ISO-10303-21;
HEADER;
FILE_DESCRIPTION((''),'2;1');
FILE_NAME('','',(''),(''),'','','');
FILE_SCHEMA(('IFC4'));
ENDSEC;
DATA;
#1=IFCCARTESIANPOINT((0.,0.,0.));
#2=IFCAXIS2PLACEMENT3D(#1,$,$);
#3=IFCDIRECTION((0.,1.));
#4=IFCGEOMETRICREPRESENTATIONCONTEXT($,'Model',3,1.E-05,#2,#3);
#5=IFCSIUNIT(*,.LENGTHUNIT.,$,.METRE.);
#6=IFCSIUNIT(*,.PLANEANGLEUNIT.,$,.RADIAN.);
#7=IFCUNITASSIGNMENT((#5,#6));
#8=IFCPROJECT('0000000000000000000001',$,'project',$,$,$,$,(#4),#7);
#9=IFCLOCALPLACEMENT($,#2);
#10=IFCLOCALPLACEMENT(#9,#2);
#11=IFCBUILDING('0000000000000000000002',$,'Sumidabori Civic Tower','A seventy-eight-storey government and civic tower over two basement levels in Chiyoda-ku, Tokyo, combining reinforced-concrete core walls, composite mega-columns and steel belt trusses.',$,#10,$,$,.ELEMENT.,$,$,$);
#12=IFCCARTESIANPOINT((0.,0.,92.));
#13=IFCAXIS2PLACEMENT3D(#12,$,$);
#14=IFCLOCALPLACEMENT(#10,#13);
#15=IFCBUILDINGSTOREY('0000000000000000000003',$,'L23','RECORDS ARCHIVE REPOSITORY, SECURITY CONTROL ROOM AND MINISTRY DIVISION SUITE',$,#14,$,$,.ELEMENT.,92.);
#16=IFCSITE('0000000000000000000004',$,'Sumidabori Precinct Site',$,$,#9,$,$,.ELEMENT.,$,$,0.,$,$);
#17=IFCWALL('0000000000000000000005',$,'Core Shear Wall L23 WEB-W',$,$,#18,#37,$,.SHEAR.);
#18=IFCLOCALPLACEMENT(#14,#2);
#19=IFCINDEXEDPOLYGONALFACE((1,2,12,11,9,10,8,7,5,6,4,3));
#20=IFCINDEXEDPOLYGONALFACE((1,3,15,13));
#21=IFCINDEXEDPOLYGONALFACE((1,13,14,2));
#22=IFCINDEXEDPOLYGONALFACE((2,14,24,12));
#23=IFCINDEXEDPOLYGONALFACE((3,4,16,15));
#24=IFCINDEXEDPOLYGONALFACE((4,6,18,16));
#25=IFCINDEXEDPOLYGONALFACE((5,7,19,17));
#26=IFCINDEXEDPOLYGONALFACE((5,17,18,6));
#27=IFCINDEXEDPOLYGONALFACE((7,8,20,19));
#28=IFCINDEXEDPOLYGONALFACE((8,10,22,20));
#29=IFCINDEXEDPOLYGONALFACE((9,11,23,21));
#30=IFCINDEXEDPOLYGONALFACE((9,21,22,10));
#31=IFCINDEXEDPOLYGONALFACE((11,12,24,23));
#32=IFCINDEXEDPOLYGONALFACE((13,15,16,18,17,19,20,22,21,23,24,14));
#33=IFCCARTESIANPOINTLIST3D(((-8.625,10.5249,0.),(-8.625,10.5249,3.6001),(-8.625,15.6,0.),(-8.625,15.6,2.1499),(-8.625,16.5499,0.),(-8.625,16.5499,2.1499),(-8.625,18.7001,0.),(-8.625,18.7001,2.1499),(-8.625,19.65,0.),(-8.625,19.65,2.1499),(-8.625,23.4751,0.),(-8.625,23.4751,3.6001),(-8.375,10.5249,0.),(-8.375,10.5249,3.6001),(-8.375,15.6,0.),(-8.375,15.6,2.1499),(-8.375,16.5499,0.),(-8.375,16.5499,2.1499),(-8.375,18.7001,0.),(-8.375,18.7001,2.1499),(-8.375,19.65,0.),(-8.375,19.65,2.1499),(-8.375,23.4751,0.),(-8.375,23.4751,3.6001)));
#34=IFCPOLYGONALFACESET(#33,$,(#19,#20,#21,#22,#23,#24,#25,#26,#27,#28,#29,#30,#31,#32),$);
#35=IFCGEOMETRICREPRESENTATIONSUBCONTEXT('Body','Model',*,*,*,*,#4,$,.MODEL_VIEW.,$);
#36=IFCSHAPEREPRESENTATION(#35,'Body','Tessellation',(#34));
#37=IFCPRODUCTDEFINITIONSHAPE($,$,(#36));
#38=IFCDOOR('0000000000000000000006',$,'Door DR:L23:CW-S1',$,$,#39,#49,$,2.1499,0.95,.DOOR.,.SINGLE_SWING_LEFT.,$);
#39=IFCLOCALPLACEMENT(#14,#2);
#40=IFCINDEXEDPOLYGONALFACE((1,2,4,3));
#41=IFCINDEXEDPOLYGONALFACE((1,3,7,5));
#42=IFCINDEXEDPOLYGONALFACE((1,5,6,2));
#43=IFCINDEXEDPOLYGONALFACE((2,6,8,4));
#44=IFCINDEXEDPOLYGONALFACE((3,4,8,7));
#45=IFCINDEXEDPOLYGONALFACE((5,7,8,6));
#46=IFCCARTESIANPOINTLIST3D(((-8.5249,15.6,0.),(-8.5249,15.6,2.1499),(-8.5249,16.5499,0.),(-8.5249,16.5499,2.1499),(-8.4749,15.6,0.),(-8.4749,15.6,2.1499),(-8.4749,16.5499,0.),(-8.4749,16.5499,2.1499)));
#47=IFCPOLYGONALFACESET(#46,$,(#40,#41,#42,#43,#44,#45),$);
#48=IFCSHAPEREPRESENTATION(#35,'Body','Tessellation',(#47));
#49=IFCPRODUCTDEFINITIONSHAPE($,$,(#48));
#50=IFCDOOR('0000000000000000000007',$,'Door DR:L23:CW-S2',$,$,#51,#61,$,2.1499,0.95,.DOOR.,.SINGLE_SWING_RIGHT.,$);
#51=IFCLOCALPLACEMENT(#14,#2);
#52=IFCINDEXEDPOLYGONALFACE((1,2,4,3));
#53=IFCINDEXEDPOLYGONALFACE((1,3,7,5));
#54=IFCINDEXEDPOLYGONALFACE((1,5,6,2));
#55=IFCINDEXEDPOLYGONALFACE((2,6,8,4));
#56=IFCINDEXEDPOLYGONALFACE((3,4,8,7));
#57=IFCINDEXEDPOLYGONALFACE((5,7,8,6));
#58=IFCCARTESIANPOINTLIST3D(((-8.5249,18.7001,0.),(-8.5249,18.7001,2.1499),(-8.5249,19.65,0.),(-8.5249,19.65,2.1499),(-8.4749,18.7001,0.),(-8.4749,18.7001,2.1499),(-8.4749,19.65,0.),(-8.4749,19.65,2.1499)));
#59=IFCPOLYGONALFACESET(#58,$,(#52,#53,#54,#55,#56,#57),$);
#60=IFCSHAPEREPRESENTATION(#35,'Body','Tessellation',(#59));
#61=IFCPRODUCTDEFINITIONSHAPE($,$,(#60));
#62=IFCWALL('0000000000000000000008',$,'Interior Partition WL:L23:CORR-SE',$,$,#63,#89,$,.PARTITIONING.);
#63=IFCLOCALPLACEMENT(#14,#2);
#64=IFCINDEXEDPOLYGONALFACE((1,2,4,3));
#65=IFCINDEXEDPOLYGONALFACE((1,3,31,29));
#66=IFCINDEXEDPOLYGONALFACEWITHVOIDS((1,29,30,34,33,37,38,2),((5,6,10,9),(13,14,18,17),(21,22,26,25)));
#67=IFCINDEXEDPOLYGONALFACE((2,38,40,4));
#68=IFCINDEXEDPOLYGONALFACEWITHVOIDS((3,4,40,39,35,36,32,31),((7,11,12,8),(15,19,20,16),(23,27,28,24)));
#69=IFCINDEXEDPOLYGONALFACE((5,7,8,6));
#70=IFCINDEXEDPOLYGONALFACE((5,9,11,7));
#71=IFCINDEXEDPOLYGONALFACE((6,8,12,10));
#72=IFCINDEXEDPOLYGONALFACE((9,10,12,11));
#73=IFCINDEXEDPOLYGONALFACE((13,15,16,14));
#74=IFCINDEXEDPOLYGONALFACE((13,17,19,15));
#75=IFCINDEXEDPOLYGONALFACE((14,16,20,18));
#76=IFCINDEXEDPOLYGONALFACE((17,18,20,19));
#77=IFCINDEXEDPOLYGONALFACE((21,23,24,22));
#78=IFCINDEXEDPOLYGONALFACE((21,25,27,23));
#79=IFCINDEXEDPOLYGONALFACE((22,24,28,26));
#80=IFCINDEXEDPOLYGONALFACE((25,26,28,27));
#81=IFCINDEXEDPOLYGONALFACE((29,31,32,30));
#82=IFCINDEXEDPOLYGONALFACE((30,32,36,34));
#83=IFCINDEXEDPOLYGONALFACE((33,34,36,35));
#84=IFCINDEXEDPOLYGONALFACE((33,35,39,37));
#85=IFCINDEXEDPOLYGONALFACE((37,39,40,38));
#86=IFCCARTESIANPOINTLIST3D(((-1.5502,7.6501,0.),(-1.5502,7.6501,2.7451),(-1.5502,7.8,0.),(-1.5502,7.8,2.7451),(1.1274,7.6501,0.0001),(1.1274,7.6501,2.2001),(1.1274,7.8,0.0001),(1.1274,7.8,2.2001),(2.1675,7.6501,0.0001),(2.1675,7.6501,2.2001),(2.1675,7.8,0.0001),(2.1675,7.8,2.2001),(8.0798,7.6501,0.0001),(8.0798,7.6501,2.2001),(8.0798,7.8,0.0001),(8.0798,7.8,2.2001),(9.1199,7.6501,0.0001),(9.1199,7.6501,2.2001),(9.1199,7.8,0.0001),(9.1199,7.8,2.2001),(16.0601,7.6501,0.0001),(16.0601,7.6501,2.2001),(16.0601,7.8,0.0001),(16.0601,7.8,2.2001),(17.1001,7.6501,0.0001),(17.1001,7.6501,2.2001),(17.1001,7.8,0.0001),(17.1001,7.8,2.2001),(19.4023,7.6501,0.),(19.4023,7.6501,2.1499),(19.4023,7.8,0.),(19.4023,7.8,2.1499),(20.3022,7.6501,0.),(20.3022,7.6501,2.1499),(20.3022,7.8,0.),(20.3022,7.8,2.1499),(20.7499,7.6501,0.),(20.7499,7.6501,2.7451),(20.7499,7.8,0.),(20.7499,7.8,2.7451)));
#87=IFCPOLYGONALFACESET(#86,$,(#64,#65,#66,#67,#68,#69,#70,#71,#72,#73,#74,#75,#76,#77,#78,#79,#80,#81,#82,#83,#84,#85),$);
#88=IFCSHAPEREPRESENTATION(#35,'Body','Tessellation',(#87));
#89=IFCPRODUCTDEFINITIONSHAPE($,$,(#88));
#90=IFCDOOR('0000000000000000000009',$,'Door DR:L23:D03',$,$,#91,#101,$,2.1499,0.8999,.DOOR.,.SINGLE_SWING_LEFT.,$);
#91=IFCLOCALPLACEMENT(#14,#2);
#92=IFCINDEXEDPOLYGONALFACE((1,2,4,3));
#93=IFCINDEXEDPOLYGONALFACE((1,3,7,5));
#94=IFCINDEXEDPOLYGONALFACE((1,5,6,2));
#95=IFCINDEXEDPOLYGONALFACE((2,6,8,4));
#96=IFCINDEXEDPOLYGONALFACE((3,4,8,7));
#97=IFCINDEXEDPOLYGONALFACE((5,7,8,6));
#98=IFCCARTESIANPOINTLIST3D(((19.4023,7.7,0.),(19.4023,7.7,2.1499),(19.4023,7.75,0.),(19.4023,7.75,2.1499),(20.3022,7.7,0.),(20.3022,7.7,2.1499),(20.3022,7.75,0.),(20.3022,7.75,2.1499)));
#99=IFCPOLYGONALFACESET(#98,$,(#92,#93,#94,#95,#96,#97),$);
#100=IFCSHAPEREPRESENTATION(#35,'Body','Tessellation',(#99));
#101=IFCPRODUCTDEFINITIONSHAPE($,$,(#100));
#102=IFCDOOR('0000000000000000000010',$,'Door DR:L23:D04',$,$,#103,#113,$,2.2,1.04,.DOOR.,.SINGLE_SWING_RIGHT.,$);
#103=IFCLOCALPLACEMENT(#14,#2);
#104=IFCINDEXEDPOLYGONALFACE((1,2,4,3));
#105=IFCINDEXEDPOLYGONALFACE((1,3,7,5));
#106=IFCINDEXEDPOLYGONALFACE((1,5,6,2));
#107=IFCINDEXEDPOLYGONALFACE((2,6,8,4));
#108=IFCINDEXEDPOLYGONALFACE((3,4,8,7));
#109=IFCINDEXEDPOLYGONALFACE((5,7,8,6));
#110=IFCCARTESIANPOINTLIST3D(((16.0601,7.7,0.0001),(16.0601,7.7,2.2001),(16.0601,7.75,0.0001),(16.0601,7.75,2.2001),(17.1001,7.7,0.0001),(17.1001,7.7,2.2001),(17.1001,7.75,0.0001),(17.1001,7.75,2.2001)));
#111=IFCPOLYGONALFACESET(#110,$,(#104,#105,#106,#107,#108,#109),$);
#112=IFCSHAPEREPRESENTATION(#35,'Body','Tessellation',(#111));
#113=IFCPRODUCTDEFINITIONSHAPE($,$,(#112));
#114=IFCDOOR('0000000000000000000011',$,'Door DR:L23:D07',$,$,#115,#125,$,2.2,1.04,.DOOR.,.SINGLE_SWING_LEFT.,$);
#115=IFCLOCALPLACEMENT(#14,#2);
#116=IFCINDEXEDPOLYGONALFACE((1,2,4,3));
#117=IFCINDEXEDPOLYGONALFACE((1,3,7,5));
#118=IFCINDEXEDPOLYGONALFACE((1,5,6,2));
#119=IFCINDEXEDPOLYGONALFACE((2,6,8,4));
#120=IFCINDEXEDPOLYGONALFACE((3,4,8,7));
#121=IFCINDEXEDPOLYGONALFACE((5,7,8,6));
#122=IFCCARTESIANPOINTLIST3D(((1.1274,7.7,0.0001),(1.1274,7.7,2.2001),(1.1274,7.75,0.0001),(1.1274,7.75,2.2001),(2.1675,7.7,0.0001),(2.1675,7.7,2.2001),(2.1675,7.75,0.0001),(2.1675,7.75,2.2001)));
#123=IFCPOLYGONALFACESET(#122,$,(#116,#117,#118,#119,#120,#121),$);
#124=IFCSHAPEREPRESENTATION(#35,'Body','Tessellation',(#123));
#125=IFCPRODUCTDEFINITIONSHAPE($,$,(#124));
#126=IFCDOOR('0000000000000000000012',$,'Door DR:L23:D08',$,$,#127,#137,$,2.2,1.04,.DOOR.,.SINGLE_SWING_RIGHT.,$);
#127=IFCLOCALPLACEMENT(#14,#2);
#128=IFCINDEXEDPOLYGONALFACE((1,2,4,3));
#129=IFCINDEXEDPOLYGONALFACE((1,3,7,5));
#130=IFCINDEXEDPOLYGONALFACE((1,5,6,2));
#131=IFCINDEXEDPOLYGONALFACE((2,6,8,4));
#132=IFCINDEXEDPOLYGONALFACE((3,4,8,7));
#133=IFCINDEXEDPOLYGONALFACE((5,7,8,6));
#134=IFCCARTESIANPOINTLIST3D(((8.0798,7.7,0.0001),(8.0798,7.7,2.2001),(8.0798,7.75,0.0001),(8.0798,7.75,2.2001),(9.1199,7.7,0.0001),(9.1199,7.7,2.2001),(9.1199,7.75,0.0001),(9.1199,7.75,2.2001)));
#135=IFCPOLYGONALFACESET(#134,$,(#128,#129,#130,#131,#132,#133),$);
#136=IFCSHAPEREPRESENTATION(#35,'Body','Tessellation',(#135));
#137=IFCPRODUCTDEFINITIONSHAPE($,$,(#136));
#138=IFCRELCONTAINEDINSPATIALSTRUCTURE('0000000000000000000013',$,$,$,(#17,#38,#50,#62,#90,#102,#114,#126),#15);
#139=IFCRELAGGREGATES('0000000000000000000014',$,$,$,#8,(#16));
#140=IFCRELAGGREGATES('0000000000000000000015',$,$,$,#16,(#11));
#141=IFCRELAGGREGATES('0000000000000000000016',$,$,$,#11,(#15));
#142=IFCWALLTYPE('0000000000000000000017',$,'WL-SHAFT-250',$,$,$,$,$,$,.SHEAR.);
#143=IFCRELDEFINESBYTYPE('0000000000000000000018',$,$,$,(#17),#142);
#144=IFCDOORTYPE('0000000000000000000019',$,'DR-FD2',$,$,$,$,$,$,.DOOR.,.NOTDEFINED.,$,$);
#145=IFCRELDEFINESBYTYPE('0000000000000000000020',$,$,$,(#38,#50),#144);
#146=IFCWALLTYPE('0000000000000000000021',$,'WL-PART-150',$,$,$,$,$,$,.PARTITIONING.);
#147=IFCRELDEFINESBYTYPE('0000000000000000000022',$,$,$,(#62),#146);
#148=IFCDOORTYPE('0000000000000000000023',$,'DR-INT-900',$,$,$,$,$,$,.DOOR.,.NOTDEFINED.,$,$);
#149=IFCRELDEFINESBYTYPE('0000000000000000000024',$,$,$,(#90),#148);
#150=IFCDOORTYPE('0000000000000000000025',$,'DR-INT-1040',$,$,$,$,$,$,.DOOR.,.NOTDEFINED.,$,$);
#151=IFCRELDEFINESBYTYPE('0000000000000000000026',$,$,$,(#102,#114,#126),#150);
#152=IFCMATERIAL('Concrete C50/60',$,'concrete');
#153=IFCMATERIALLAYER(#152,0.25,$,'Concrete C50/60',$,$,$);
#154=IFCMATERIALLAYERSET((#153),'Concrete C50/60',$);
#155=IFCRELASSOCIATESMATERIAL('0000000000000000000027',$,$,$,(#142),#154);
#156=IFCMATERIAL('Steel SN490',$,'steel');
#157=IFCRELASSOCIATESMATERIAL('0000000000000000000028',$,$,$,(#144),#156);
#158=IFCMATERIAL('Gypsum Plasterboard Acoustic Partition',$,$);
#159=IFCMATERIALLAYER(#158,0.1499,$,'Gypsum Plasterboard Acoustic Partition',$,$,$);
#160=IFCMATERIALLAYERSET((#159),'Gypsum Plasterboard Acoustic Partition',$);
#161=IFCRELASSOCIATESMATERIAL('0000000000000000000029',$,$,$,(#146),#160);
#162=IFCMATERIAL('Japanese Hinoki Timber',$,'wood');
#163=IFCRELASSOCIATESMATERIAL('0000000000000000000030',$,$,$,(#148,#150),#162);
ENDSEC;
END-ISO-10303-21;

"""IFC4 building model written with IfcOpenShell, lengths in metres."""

from ifc_helpers import new_model, si_unit, direction, frame, frame_2d, origin, place, context, subcontext, project, spatial, rectangle, extrude, source, transform, mapped, material, layer, layer_set, type_object, element, fill, save


model = new_model("IFC4")

# Units and contexts
model_context = context("Model", 3, precision=1e-05, world=origin(), true_north=direction((0.0, 1.0)))
body_context = subcontext(model_context, "Body", "Model", "MODEL_VIEW")
ifc_project = project(units=[si_unit("LENGTHUNIT", "METRE"), si_unit("PLANEANGLEUNIT", "RADIAN")], contexts=[model_context])

# Site, building, storey
site_placement = place(None, origin())
site = spatial("IfcSite", under=ifc_project, at=site_placement, Name="Sumidabori Precinct Site", CompositionType="ELEMENT", RefElevation=0.0)
building_placement = place(site_placement, origin())
building = spatial("IfcBuilding", under=site, at=building_placement, Name="Sumidabori Civic Tower", Description="A seventy-eight-storey government and civic tower over two basement levels in Chiyoda-ku, Tokyo, combining reinforced-concrete core walls, composite mega-columns and steel belt trusses.", CompositionType="ELEMENT")
storey_placement = place(building_placement, frame((0.0, 0.0, 92.0)))
storey = spatial("IfcBuildingStorey", under=building, at=storey_placement, Name="L23", Description="RECORDS ARCHIVE REPOSITORY, SECURITY CONTROL ROOM AND MINISTRY DIVISION SUITE", CompositionType="ELEMENT", Elevation=92.0)

# Shared definitions
ifc_material_1 = material(Name="Concrete C50/60", Category="concrete")

# Shared definitions
ifc_material_2 = material(Name="Steel SN490", Category="steel")

# Wall, openings, doors
ifc_layer_1 = layer(ifc_material_1, 0.25, Name="Concrete C50/60")
ifc_layer_set_1 = layer_set([ifc_layer_1], Name="Concrete C50/60")
wall_type_1 = type_object("IfcWallType", Name="WL-SHAFT-250", PredefinedType="SHEAR", material=ifc_layer_set_1)
shared_shape_1 = source(origin(), body_context, "Body", "SweptSolid", [
    extrude(rectangle(XDim=12.9502, YDim=0.25, at=frame_2d((6.4751, 0.0))), origin(), (0.0, 0.0, 1.0), 3.6001),
])
wall_1_placement = place(storey_placement, frame((-8.5, 10.5249, 0.0), z_axis=(0.0, 0.0, 1.0), x_axis=(0.0, 1.0, 0.0)))
wall_1 = element("IfcWall", 1, at=wall_1_placement, inside=storey, type_object=wall_type_1, Name="Core Shear Wall L23 WEB-W", PredefinedType="SHEAR", context=body_context, shape_type="MappedRepresentation", body=[
    mapped(shared_shape_1, transform((0.0, 0.0, 0.0), x_axis=(1.0, 0.0, 0.0), y_axis=(0.0, 1.0, 0.0), z_axis=(0.0, 0.0, 1.0), scale=1.0)),
])
opening_1_placement = place(wall_1_placement, frame((5.075, 0.0, 0.0)))
opening_1 = element("IfcOpeningElement", 2, at=opening_1_placement, cuts=wall_1, PredefinedType="OPENING", context=body_context, shape_type="SweptSolid", body=[
    extrude(rectangle(XDim=0.95, YDim=2.1499, at=frame_2d((0.4751, 1.075))), frame((0.0, 0.137, 0.0), z_axis=(0.0, -1.0, 0.0), x_axis=(1.0, 0.0, 0.0)), (0.0, 0.0, 1.0), 0.2739),
])
opening_2_placement = place(wall_1_placement, frame((8.175, 0.0, 0.0)))
opening_2 = element("IfcOpeningElement", 3, at=opening_2_placement, cuts=wall_1, PredefinedType="OPENING", context=body_context, shape_type="SweptSolid", body=[
    extrude(rectangle(XDim=0.95, YDim=2.1499, at=frame_2d((0.4751, 1.075))), frame((0.0, 0.137, 0.0), z_axis=(0.0, -1.0, 0.0), x_axis=(1.0, 0.0, 0.0)), (0.0, 0.0, 1.0), 0.2739),
])
door_type_1 = type_object("IfcDoorType", Name="DR-FD2", OperationType="NOTDEFINED", PredefinedType="DOOR", material=ifc_material_2)
shared_shape_2 = source(origin(), body_context, "Body", "SweptSolid", [
    extrude(rectangle(XDim=0.95, YDim=2.1499, at=frame_2d((0.4751, 1.075))), frame((0.0, 0.0249, 0.0), z_axis=(0.0, -1.0, 0.0), x_axis=(1.0, 0.0, 0.0)), (0.0, 0.0, 1.0), 0.05),
])
door_1_placement = place(opening_1_placement, origin())
door_1 = element("IfcDoor", 4, at=door_1_placement, inside=storey, type_object=door_type_1, Name="Door DR:L23:CW-S1", OperationType="SINGLE_SWING_LEFT", OverallHeight=2.1499, OverallWidth=0.95, PredefinedType="DOOR", context=body_context, shape_type="MappedRepresentation", body=[
    mapped(shared_shape_2, transform((0.0, 0.0, 0.0), x_axis=(1.0, 0.0, 0.0), y_axis=(0.0, 1.0, 0.0), z_axis=(0.0, 0.0, 1.0), scale=1.0)),
])
fill(opening_1, door_1)
door_2_placement = place(opening_2_placement, origin())
door_2 = element("IfcDoor", 5, at=door_2_placement, inside=storey, type_object=door_type_1, Name="Door DR:L23:CW-S2", OperationType="SINGLE_SWING_RIGHT", OverallHeight=2.1499, OverallWidth=0.95, PredefinedType="DOOR", context=body_context, shape_type="MappedRepresentation", body=[
    mapped(shared_shape_2, transform((0.0, 0.0, 0.0), x_axis=(1.0, 0.0, 0.0), y_axis=(0.0, 1.0, 0.0), z_axis=(0.0, 0.0, 1.0), scale=1.0)),
])
fill(opening_2, door_2)

# Wall, openings, doors
ifc_material_3 = material(Name="Gypsum Plasterboard Acoustic Partition")
ifc_layer_2 = layer(ifc_material_3, 0.1499, Name="Gypsum Plasterboard Acoustic Partition")
ifc_layer_set_2 = layer_set([ifc_layer_2], Name="Gypsum Plasterboard Acoustic Partition")
wall_type_2 = type_object("IfcWallType", Name="WL-PART-150", PredefinedType="PARTITIONING", material=ifc_layer_set_2)
shared_shape_3 = source(origin(), body_context, "Body", "SweptSolid", [
    extrude(rectangle(XDim=22.3, YDim=0.1499, at=frame_2d((11.1499, 0.0))), origin(), (0.0, 0.0, 1.0), 2.7451),
])
wall_2_placement = place(storey_placement, frame((-1.55, 7.7251, 0.0), z_axis=(0.0, 0.0, 1.0), x_axis=(1.0, 0.0, 0.0)))
wall_2 = element("IfcWall", 6, at=wall_2_placement, inside=storey, type_object=wall_type_2, Name="Interior Partition WL:L23:CORR-SE", PredefinedType="PARTITIONING", context=body_context, shape_type="MappedRepresentation", body=[
    mapped(shared_shape_3, transform((0.0, 0.0, 0.0), x_axis=(1.0, 0.0, 0.0), y_axis=(0.0, 1.0, 0.0), z_axis=(0.0, 0.0, 1.0), scale=1.0)),
])
opening_3_placement = place(wall_2_placement, frame((20.9524, 0.0, 0.0)))
opening_3 = element("IfcOpeningElement", 7, at=opening_3_placement, cuts=wall_2, PredefinedType="OPENING", context=body_context, shape_type="SweptSolid", body=[
    extrude(rectangle(XDim=0.8999, YDim=2.1499, at=frame_2d((0.45, 1.075))), frame((0.0, 0.0869, 0.0), z_axis=(0.0, -1.0, 0.0), x_axis=(1.0, 0.0, 0.0)), (0.0, 0.0, 1.0), 0.1738),
])
opening_4_placement = place(wall_2_placement, frame((17.6101, 0.0, 0.0)))
opening_4 = element("IfcOpeningElement", 8, at=opening_4_placement, cuts=wall_2, PredefinedType="OPENING", context=body_context, shape_type="SweptSolid", body=[
    extrude(rectangle(XDim=1.04, YDim=2.2, at=frame_2d((0.52, 1.1001))), frame((0.0, 0.0869, 0.0), z_axis=(0.0, -1.0, 0.0), x_axis=(1.0, 0.0, 0.0)), (0.0, 0.0, 1.0), 0.1738),
])
opening_5_placement = place(wall_2_placement, frame((2.6775, 0.0, 0.0)))
opening_5 = element("IfcOpeningElement", 9, at=opening_5_placement, cuts=wall_2, PredefinedType="OPENING", context=body_context, shape_type="SweptSolid", body=[
    extrude(rectangle(XDim=1.04, YDim=2.2, at=frame_2d((0.52, 1.1001))), frame((0.0, 0.0869, 0.0), z_axis=(0.0, -1.0, 0.0), x_axis=(1.0, 0.0, 0.0)), (0.0, 0.0, 1.0), 0.1738),
])
opening_6_placement = place(wall_2_placement, frame((9.6299, 0.0, 0.0)))
opening_6 = element("IfcOpeningElement", 10, at=opening_6_placement, cuts=wall_2, PredefinedType="OPENING", context=body_context, shape_type="SweptSolid", body=[
    extrude(rectangle(XDim=1.04, YDim=2.2, at=frame_2d((0.52, 1.1001))), frame((0.0, 0.0869, 0.0), z_axis=(0.0, -1.0, 0.0), x_axis=(1.0, 0.0, 0.0)), (0.0, 0.0, 1.0), 0.1738),
])
ifc_material_4 = material(Name="Japanese Hinoki Timber", Category="wood")
door_type_2 = type_object("IfcDoorType", Name="DR-INT-900", OperationType="NOTDEFINED", PredefinedType="DOOR", material=ifc_material_4)
shared_shape_4 = source(origin(), body_context, "Body", "SweptSolid", [
    extrude(rectangle(XDim=0.8999, YDim=2.1499, at=frame_2d((0.45, 1.075))), frame((0.0, 0.0249, 0.0), z_axis=(0.0, -1.0, 0.0), x_axis=(1.0, 0.0, 0.0)), (0.0, 0.0, 1.0), 0.05),
])
door_3_placement = place(opening_3_placement, origin())
door_3 = element("IfcDoor", 11, at=door_3_placement, inside=storey, type_object=door_type_2, Name="Door DR:L23:D03", OperationType="SINGLE_SWING_LEFT", OverallHeight=2.1499, OverallWidth=0.8999, PredefinedType="DOOR", context=body_context, shape_type="MappedRepresentation", body=[
    mapped(shared_shape_4, transform((0.0, 0.0, 0.0), x_axis=(1.0, 0.0, 0.0), y_axis=(0.0, 1.0, 0.0), z_axis=(0.0, 0.0, 1.0), scale=1.0)),
])
fill(opening_3, door_3)
door_type_3 = type_object("IfcDoorType", Name="DR-INT-1040", OperationType="NOTDEFINED", PredefinedType="DOOR", material=ifc_material_4)
shared_shape_5 = source(origin(), body_context, "Body", "SweptSolid", [
    extrude(rectangle(XDim=1.04, YDim=2.2, at=frame_2d((0.52, 1.1001))), frame((0.0, 0.0249, 0.0), z_axis=(0.0, -1.0, 0.0), x_axis=(1.0, 0.0, 0.0)), (0.0, 0.0, 1.0), 0.05),
])
door_4_placement = place(opening_4_placement, origin())
door_4 = element("IfcDoor", 12, at=door_4_placement, inside=storey, type_object=door_type_3, Name="Door DR:L23:D04", OperationType="SINGLE_SWING_RIGHT", OverallHeight=2.2, OverallWidth=1.04, PredefinedType="DOOR", context=body_context, shape_type="MappedRepresentation", body=[
    mapped(shared_shape_5, transform((0.0, 0.0, 0.0), x_axis=(1.0, 0.0, 0.0), y_axis=(0.0, 1.0, 0.0), z_axis=(0.0, 0.0, 1.0), scale=1.0)),
])
fill(opening_4, door_4)
door_5_placement = place(opening_5_placement, origin())
door_5 = element("IfcDoor", 13, at=door_5_placement, inside=storey, type_object=door_type_3, Name="Door DR:L23:D07", OperationType="SINGLE_SWING_LEFT", OverallHeight=2.2, OverallWidth=1.04, PredefinedType="DOOR", context=body_context, shape_type="MappedRepresentation", body=[
    mapped(shared_shape_5, transform((0.0, 0.0, 0.0), x_axis=(1.0, 0.0, 0.0), y_axis=(0.0, 1.0, 0.0), z_axis=(0.0, 0.0, 1.0), scale=1.0)),
])
fill(opening_5, door_5)
door_6_placement = place(opening_6_placement, origin())
door_6 = element("IfcDoor", 14, at=door_6_placement, inside=storey, type_object=door_type_3, Name="Door DR:L23:D08", OperationType="SINGLE_SWING_RIGHT", OverallHeight=2.2, OverallWidth=1.04, PredefinedType="DOOR", context=body_context, shape_type="MappedRepresentation", body=[
    mapped(shared_shape_5, transform((0.0, 0.0, 0.0), x_axis=(1.0, 0.0, 0.0), y_axis=(0.0, 1.0, 0.0), z_axis=(0.0, 0.0, 1.0), scale=1.0)),
])
fill(opening_6, door_6)

save(model, "model.ifc")
